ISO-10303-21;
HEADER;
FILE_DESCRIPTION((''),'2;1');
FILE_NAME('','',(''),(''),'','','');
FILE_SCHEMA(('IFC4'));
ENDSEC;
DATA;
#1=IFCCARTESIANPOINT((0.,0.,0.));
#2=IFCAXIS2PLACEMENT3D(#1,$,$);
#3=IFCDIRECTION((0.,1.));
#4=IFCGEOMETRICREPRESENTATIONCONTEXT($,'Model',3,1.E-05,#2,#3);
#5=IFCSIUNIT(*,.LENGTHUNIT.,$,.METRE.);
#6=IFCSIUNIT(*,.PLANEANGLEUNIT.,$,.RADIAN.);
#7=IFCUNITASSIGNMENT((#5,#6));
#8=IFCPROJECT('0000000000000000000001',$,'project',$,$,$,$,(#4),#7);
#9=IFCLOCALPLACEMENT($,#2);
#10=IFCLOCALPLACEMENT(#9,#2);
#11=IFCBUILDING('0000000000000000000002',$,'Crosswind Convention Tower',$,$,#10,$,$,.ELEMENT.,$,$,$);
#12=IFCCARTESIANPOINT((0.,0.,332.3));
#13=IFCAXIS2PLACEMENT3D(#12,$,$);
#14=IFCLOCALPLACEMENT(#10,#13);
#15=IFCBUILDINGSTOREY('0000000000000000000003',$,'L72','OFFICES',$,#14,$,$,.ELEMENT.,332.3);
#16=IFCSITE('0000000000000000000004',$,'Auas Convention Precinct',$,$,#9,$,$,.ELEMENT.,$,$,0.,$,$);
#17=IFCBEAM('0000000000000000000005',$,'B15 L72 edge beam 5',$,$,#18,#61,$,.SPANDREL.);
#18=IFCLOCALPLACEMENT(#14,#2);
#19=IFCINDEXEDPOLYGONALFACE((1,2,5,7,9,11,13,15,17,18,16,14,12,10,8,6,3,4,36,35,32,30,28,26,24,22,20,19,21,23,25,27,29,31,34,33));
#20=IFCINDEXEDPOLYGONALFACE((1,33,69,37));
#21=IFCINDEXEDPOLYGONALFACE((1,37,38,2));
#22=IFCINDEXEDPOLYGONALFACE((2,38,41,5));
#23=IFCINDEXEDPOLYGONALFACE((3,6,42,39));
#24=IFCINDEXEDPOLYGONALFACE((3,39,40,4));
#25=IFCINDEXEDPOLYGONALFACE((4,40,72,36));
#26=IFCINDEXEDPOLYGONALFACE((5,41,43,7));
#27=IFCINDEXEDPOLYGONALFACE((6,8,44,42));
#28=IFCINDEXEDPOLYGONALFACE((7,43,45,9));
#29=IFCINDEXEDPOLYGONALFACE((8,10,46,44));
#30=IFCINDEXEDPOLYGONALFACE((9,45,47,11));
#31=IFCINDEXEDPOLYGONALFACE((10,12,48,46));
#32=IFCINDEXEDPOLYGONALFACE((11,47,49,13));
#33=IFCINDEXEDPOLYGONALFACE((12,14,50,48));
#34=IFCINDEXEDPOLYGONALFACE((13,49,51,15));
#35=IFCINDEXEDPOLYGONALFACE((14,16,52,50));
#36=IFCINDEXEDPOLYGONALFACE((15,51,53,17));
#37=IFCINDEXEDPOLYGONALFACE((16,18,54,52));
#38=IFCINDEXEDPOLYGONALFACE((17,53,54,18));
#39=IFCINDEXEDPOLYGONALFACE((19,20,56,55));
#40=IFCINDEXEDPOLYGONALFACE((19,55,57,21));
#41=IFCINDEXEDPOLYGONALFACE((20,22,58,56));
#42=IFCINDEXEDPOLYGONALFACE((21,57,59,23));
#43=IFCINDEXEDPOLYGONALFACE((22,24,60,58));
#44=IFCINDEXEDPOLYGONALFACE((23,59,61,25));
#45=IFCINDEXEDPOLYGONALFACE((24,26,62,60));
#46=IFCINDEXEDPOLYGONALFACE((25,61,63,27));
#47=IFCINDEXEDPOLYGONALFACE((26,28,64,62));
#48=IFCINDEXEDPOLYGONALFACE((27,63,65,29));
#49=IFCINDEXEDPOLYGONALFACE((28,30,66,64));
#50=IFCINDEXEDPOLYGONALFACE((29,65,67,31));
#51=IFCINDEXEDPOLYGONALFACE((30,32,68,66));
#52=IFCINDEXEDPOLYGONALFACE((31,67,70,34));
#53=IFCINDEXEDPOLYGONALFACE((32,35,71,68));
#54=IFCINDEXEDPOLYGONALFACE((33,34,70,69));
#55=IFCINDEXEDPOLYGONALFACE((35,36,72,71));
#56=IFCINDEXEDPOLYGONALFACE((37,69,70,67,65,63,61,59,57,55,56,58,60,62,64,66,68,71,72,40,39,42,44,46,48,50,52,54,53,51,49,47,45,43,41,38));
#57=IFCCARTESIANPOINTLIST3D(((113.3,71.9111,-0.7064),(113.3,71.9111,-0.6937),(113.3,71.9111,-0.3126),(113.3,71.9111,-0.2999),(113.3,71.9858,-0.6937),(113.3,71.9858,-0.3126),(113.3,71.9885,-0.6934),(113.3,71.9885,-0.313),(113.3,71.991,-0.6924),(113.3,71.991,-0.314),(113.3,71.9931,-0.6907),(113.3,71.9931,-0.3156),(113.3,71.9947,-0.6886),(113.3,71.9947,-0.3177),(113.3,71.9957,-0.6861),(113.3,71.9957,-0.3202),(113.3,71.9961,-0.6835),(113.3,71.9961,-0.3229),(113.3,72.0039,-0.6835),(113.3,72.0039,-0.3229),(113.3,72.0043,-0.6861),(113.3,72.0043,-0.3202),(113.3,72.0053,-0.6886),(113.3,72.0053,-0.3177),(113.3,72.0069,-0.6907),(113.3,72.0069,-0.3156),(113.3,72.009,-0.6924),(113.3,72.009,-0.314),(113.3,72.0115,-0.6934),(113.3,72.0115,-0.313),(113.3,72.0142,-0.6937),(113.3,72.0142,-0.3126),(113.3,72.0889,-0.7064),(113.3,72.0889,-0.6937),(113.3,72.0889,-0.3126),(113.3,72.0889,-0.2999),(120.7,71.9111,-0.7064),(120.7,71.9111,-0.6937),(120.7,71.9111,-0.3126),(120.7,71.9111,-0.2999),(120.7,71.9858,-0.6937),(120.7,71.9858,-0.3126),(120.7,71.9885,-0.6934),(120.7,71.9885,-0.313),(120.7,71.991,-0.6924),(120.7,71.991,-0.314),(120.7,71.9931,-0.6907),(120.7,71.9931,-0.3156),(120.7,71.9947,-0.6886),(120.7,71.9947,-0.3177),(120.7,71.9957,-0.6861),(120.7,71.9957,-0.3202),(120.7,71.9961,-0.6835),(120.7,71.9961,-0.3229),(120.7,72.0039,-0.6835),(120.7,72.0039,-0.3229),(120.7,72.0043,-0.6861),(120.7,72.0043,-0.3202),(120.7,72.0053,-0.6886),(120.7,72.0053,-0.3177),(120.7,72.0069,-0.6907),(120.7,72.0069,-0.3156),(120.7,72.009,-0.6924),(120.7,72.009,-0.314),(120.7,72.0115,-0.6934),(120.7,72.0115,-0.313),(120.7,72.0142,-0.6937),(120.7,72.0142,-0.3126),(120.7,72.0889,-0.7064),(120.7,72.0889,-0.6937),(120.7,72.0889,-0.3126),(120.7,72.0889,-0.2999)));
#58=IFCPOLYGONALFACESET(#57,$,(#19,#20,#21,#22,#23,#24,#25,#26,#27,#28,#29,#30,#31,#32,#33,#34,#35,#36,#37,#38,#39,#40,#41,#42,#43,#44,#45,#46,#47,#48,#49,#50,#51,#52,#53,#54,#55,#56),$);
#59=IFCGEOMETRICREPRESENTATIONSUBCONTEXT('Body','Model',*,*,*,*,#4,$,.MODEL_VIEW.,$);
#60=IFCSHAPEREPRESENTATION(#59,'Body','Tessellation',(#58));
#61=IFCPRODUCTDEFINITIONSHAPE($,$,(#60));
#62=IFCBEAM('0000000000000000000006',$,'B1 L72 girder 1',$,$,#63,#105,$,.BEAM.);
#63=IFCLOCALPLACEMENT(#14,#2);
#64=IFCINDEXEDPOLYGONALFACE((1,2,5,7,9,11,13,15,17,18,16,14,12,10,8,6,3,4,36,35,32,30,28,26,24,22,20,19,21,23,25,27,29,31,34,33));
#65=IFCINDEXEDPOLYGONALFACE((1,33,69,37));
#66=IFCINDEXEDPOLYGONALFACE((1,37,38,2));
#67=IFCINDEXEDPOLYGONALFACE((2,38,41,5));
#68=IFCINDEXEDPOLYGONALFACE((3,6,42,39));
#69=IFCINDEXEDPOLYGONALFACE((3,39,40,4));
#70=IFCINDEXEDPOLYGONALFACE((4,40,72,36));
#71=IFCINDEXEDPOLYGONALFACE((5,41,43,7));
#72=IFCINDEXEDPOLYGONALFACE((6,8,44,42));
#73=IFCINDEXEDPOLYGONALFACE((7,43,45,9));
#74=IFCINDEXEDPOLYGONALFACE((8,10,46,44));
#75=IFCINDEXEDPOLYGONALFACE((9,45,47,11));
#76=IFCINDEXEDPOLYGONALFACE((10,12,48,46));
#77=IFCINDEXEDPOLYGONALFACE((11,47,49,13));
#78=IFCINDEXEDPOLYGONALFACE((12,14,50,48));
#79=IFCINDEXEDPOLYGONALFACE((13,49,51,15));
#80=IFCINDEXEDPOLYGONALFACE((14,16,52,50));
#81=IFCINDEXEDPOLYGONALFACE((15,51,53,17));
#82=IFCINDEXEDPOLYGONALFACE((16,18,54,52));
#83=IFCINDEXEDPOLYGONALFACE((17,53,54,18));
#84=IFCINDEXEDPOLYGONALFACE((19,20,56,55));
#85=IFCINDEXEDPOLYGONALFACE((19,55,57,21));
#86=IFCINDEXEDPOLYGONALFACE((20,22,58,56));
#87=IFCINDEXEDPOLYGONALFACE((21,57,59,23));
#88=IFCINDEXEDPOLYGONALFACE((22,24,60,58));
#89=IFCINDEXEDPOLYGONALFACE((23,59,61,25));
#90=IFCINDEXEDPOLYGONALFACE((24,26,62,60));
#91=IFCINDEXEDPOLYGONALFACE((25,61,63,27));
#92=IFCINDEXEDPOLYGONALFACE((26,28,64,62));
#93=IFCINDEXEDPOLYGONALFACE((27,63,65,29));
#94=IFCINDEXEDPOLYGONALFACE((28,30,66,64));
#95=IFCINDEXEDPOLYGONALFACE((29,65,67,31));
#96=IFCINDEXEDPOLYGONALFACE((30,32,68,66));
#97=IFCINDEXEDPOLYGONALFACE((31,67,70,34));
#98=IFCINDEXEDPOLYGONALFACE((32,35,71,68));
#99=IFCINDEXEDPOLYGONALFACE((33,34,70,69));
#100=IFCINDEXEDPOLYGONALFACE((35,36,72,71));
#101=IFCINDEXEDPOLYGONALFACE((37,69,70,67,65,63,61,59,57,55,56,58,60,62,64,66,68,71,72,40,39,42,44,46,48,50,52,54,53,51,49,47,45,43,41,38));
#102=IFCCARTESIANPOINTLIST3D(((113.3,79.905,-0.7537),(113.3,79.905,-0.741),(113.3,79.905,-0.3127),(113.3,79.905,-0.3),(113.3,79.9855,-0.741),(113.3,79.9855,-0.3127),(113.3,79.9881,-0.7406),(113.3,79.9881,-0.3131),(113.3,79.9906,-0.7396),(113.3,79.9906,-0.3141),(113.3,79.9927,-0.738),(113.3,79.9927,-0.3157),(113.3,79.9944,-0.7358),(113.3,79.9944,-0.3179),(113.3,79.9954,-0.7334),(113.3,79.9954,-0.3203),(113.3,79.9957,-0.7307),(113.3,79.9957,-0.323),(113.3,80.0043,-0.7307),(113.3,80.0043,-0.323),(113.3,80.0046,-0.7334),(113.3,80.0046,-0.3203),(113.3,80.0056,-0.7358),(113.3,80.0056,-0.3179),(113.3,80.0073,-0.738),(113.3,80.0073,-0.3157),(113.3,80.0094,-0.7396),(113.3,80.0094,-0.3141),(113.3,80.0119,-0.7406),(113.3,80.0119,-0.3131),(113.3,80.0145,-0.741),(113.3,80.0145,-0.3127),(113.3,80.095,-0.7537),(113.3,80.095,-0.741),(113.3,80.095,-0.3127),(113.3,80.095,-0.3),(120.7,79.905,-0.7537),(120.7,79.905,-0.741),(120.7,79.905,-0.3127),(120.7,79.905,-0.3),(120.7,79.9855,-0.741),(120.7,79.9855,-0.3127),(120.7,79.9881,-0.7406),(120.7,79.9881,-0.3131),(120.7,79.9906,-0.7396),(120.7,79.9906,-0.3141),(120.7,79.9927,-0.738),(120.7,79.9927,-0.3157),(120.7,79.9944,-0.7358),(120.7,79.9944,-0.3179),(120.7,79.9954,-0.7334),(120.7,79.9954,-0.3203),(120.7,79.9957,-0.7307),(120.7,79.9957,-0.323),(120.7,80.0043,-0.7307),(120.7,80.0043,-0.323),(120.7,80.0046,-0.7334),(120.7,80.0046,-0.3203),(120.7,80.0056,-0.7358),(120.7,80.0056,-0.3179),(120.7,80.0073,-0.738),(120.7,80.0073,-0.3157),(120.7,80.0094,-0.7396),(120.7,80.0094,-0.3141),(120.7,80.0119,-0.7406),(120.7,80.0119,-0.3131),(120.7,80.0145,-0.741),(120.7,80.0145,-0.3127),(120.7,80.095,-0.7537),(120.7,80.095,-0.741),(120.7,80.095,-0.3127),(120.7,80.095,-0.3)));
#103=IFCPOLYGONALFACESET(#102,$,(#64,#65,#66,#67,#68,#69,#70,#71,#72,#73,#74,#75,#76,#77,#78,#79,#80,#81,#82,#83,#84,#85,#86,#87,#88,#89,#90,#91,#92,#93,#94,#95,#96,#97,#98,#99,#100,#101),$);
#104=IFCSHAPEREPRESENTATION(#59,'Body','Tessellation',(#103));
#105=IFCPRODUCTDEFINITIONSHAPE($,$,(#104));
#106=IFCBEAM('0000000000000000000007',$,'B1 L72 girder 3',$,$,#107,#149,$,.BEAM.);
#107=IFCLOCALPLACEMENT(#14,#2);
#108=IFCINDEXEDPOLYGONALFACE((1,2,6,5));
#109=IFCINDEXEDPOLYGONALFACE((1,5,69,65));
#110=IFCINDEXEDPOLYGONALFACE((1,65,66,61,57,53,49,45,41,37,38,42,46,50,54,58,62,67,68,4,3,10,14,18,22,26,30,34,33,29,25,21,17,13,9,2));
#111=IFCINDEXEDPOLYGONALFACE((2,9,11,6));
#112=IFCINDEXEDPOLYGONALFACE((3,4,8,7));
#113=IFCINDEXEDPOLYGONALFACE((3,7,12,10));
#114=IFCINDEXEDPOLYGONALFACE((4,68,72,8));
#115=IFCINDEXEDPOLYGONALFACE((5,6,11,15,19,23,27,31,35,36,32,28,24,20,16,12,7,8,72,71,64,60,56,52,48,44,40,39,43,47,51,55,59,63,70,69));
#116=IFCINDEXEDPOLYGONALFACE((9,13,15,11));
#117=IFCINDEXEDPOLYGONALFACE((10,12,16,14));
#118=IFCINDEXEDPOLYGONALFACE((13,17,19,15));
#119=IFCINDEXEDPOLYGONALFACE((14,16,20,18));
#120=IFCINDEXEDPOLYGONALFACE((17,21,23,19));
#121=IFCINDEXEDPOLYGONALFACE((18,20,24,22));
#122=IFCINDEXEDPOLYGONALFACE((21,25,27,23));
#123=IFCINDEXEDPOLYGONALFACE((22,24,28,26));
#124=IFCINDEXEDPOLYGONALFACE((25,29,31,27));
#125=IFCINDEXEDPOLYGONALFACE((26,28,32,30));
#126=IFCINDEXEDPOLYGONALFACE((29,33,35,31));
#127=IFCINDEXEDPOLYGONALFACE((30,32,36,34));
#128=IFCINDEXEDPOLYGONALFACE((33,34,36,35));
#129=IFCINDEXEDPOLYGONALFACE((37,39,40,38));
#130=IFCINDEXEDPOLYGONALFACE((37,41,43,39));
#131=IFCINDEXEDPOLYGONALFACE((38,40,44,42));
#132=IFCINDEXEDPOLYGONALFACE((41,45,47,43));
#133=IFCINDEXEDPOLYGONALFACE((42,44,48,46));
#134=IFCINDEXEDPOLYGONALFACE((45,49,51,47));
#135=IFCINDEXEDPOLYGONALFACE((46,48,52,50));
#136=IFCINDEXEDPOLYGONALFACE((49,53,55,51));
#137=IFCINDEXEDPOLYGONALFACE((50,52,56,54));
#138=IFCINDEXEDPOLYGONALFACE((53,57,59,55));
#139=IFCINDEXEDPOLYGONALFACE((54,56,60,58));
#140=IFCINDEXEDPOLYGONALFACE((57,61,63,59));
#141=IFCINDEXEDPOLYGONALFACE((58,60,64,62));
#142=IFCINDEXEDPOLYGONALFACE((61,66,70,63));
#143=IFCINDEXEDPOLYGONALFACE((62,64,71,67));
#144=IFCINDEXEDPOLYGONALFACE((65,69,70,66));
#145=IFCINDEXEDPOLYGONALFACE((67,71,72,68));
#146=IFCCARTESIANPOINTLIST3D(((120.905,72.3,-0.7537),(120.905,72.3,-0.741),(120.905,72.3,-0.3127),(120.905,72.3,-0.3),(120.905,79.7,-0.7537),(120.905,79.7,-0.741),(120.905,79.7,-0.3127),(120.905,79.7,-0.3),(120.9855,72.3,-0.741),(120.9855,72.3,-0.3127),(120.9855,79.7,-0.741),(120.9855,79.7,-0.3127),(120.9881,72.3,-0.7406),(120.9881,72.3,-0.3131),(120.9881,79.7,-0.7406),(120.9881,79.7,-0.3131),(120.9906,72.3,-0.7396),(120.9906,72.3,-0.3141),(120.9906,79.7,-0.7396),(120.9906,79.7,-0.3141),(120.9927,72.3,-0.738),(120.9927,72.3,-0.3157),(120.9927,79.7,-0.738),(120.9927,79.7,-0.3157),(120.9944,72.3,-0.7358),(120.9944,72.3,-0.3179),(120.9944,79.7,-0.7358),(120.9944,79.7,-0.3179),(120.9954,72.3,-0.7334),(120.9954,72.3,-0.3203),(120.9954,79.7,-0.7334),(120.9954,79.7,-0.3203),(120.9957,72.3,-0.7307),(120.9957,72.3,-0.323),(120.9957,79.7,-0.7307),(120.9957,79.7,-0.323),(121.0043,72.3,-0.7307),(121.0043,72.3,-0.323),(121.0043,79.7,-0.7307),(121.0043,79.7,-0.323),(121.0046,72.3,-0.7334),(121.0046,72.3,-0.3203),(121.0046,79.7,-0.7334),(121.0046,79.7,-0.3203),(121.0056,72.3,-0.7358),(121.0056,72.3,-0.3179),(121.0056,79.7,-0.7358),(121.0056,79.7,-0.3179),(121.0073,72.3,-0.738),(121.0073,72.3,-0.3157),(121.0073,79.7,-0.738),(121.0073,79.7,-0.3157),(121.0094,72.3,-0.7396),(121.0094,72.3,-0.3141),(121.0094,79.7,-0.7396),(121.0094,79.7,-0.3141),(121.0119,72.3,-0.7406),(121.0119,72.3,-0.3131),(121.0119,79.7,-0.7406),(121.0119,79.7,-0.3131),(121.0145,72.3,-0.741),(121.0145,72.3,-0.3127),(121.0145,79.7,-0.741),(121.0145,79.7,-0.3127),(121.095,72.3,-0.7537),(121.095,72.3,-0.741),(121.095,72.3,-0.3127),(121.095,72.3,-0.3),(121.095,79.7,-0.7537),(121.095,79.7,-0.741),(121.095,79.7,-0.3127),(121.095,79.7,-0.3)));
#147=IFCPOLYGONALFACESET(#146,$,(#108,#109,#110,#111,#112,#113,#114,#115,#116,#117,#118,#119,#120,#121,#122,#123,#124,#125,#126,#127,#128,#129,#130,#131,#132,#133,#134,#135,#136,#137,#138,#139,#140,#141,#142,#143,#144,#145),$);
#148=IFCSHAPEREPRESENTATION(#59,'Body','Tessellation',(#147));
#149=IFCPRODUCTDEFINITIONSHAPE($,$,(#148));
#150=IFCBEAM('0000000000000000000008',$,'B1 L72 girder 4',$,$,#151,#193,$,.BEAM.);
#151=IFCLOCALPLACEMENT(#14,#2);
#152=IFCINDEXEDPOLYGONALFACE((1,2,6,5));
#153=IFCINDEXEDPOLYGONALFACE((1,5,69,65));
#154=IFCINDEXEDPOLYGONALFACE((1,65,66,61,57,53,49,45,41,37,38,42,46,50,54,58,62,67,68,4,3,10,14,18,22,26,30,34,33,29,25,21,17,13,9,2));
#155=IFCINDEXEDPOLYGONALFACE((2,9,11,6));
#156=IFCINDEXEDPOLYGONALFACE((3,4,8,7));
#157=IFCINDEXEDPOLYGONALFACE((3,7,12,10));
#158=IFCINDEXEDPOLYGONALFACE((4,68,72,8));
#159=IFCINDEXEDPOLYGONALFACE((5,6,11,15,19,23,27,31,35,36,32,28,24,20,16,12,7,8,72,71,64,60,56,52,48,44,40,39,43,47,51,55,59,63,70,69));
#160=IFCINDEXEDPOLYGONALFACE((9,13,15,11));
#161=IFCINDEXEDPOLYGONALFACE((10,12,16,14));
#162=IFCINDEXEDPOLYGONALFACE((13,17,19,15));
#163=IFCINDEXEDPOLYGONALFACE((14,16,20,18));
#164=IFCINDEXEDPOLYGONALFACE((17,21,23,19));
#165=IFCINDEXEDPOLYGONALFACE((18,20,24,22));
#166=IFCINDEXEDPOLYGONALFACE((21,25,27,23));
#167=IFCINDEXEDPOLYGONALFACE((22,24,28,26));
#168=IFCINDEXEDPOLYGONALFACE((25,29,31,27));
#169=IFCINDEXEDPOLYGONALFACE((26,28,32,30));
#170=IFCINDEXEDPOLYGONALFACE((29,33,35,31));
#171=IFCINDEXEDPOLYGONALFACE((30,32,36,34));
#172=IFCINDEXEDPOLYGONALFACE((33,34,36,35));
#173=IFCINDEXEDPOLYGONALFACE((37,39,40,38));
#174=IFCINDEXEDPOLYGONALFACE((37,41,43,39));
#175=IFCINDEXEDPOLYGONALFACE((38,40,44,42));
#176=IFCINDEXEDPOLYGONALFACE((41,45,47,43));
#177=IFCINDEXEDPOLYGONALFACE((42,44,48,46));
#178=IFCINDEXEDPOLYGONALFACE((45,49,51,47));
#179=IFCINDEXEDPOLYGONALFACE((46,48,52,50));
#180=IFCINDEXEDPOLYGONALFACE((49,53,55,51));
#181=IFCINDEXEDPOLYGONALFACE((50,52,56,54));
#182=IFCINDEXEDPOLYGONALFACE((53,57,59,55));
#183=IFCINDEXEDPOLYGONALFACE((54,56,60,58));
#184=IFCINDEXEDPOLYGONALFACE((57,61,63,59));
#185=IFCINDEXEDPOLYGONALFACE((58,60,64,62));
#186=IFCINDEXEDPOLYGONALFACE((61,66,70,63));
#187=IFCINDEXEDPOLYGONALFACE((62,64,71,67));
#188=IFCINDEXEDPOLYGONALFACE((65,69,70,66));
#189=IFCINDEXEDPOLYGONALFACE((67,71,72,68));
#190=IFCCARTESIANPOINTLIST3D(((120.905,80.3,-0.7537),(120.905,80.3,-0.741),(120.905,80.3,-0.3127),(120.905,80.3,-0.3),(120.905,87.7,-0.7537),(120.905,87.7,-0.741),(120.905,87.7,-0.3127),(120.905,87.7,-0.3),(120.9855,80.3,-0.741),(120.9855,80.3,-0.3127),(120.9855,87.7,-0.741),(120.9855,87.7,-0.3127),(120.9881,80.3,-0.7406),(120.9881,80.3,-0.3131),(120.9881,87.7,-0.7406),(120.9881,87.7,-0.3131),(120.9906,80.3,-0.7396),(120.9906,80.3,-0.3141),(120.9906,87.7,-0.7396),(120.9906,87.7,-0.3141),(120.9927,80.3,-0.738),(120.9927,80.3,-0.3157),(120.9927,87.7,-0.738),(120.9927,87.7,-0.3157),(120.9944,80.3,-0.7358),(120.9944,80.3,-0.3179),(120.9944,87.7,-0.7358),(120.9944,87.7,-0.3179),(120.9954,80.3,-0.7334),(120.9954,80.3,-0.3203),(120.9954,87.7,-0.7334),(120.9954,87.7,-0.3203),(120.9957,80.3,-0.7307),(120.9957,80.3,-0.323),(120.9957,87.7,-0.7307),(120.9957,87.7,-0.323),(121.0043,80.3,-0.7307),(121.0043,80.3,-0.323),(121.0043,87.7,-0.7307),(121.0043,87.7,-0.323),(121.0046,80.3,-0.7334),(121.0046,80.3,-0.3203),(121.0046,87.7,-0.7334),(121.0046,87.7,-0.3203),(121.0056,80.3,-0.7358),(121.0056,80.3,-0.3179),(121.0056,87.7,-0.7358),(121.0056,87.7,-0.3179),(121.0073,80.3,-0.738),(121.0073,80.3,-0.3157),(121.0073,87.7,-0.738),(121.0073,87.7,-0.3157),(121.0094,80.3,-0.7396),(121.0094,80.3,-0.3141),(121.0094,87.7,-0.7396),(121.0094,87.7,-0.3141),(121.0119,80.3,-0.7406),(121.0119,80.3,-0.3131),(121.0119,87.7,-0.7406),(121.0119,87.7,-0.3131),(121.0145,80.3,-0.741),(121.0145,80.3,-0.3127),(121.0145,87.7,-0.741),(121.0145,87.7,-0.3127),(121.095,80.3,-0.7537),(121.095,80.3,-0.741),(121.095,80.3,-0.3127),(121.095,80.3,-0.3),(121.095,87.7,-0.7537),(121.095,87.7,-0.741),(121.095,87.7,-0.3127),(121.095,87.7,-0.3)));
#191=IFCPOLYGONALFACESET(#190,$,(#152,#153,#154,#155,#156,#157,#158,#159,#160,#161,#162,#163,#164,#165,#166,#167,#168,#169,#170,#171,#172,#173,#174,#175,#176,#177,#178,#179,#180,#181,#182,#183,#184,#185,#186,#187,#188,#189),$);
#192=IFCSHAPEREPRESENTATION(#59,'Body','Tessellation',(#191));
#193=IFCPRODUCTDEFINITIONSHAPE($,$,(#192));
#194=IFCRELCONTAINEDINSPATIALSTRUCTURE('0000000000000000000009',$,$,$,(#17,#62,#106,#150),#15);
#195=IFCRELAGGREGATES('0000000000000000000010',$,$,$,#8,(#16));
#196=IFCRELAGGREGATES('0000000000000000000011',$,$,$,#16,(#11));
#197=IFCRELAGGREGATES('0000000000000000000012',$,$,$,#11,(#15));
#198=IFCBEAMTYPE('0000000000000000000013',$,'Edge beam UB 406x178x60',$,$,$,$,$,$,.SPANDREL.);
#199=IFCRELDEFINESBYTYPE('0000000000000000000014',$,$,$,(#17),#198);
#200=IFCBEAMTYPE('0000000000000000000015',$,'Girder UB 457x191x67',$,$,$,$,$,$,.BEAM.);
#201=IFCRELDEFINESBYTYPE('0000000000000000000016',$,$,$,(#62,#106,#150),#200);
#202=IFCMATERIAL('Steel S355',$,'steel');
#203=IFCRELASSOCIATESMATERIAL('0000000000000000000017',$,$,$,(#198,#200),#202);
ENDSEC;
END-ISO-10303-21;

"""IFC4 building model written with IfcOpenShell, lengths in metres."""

from ifc_helpers import new_model, si_unit, direction, frame, origin, origin_2d, place, context, subcontext, project, spatial, i_section, extrude, material, material_profile, profile_set, type_object, element, save


model = new_model("IFC4")

# Units and contexts
model_context = context("Model", 3, precision=1e-05, world=origin(), true_north=direction((0.0, 1.0)))
body_context = subcontext(model_context, "Body", "Model", "MODEL_VIEW")
ifc_project = project(units=[si_unit("LENGTHUNIT", "METRE"), si_unit("PLANEANGLEUNIT", "RADIAN")], contexts=[model_context])

# Site, building, storey
site_placement = place(None, origin())
site = spatial("IfcSite", under=ifc_project, at=site_placement, Name="Auas Convention Precinct", CompositionType="ELEMENT", RefElevation=0.0)
building_placement = place(site_placement, origin())
building = spatial("IfcBuilding", under=site, at=building_placement, Name="Crosswind Convention Tower", CompositionType="ELEMENT")
storey_placement = place(building_placement, frame((0.0, 0.0, 332.3)))
storey = spatial("IfcBuildingStorey", under=building, at=storey_placement, Name="L72", Description="OFFICES", CompositionType="ELEMENT", Elevation=332.3)

# Beams
ifc_material_1 = material(Name="Steel S355", Category="steel")
ifc_material_profile_1 = material_profile(ifc_material_1, i_section(OverallWidth=0.1777, OverallDepth=0.4065, WebThickness=0.0078, FlangeThickness=0.0127, FilletRadius=0.0103, at=origin_2d()), Name="UB 406x178x60")
ifc_profile_set_1 = profile_set([ifc_material_profile_1], Name="Steel S355")
beam_type_1 = type_object("IfcBeamType", Name="Edge beam UB 406x178x60", PredefinedType="SPANDREL", material=ifc_profile_set_1)
beam_1_placement = place(storey_placement, frame((113.3, 72.0, -0.5032), z_axis=(1.0, 0.0, 0.0), x_axis=(0.0, 1.0, 0.0)))
element("IfcBeam", 1, at=beam_1_placement, inside=storey, type_object=beam_type_1, Name="B15 L72 edge beam 5", PredefinedType="SPANDREL", context=body_context, shape_type="SweptSolid", body=[
    extrude(i_section(OverallWidth=0.1777, OverallDepth=0.4065, WebThickness=0.0078, FlangeThickness=0.0127, FilletRadius=0.0103, at=origin_2d()), origin(), (0.0, 0.0, 1.0), 7.3999),
])
ifc_material_profile_2 = material_profile(ifc_material_1, i_section(OverallWidth=0.1899, OverallDepth=0.4536, WebThickness=0.0085, FlangeThickness=0.0127, FilletRadius=0.0103, at=origin_2d()), Name="UB 457x191x67")
ifc_profile_set_2 = profile_set([ifc_material_profile_2], Name="Steel S355")
beam_type_2 = type_object("IfcBeamType", Name="Girder UB 457x191x67", PredefinedType="BEAM", material=ifc_profile_set_2)
for number, where, z_axis, x_axis, name in (
    (2, (113.3, 80.0, -0.5269), (1.0, 0.0, 0.0), (0.0, 1.0, 0.0), "B1 L72 girder 1"),
    (3, (121.0, 72.3, -0.5269), (0.0, 1.0, 0.0), (-1.0, 0.0, 0.0), "B1 L72 girder 3"),
    (4, (121.0, 80.3, -0.5269), (0.0, 1.0, 0.0), (-1.0, 0.0, 0.0), "B1 L72 girder 4"),
):
    element("IfcBeam", number, at=place(storey_placement, frame(where, z_axis=z_axis, x_axis=x_axis)), inside=storey, type_object=beam_type_2, Name=name, PredefinedType="BEAM", context=body_context, shape_type="SweptSolid", body=[
        extrude(i_section(OverallWidth=0.1899, OverallDepth=0.4536, WebThickness=0.0085, FlangeThickness=0.0127, FilletRadius=0.0103, at=origin_2d()), origin(), (0.0, 0.0, 1.0), 7.3999),
    ])

save(model, "model.ifc")
